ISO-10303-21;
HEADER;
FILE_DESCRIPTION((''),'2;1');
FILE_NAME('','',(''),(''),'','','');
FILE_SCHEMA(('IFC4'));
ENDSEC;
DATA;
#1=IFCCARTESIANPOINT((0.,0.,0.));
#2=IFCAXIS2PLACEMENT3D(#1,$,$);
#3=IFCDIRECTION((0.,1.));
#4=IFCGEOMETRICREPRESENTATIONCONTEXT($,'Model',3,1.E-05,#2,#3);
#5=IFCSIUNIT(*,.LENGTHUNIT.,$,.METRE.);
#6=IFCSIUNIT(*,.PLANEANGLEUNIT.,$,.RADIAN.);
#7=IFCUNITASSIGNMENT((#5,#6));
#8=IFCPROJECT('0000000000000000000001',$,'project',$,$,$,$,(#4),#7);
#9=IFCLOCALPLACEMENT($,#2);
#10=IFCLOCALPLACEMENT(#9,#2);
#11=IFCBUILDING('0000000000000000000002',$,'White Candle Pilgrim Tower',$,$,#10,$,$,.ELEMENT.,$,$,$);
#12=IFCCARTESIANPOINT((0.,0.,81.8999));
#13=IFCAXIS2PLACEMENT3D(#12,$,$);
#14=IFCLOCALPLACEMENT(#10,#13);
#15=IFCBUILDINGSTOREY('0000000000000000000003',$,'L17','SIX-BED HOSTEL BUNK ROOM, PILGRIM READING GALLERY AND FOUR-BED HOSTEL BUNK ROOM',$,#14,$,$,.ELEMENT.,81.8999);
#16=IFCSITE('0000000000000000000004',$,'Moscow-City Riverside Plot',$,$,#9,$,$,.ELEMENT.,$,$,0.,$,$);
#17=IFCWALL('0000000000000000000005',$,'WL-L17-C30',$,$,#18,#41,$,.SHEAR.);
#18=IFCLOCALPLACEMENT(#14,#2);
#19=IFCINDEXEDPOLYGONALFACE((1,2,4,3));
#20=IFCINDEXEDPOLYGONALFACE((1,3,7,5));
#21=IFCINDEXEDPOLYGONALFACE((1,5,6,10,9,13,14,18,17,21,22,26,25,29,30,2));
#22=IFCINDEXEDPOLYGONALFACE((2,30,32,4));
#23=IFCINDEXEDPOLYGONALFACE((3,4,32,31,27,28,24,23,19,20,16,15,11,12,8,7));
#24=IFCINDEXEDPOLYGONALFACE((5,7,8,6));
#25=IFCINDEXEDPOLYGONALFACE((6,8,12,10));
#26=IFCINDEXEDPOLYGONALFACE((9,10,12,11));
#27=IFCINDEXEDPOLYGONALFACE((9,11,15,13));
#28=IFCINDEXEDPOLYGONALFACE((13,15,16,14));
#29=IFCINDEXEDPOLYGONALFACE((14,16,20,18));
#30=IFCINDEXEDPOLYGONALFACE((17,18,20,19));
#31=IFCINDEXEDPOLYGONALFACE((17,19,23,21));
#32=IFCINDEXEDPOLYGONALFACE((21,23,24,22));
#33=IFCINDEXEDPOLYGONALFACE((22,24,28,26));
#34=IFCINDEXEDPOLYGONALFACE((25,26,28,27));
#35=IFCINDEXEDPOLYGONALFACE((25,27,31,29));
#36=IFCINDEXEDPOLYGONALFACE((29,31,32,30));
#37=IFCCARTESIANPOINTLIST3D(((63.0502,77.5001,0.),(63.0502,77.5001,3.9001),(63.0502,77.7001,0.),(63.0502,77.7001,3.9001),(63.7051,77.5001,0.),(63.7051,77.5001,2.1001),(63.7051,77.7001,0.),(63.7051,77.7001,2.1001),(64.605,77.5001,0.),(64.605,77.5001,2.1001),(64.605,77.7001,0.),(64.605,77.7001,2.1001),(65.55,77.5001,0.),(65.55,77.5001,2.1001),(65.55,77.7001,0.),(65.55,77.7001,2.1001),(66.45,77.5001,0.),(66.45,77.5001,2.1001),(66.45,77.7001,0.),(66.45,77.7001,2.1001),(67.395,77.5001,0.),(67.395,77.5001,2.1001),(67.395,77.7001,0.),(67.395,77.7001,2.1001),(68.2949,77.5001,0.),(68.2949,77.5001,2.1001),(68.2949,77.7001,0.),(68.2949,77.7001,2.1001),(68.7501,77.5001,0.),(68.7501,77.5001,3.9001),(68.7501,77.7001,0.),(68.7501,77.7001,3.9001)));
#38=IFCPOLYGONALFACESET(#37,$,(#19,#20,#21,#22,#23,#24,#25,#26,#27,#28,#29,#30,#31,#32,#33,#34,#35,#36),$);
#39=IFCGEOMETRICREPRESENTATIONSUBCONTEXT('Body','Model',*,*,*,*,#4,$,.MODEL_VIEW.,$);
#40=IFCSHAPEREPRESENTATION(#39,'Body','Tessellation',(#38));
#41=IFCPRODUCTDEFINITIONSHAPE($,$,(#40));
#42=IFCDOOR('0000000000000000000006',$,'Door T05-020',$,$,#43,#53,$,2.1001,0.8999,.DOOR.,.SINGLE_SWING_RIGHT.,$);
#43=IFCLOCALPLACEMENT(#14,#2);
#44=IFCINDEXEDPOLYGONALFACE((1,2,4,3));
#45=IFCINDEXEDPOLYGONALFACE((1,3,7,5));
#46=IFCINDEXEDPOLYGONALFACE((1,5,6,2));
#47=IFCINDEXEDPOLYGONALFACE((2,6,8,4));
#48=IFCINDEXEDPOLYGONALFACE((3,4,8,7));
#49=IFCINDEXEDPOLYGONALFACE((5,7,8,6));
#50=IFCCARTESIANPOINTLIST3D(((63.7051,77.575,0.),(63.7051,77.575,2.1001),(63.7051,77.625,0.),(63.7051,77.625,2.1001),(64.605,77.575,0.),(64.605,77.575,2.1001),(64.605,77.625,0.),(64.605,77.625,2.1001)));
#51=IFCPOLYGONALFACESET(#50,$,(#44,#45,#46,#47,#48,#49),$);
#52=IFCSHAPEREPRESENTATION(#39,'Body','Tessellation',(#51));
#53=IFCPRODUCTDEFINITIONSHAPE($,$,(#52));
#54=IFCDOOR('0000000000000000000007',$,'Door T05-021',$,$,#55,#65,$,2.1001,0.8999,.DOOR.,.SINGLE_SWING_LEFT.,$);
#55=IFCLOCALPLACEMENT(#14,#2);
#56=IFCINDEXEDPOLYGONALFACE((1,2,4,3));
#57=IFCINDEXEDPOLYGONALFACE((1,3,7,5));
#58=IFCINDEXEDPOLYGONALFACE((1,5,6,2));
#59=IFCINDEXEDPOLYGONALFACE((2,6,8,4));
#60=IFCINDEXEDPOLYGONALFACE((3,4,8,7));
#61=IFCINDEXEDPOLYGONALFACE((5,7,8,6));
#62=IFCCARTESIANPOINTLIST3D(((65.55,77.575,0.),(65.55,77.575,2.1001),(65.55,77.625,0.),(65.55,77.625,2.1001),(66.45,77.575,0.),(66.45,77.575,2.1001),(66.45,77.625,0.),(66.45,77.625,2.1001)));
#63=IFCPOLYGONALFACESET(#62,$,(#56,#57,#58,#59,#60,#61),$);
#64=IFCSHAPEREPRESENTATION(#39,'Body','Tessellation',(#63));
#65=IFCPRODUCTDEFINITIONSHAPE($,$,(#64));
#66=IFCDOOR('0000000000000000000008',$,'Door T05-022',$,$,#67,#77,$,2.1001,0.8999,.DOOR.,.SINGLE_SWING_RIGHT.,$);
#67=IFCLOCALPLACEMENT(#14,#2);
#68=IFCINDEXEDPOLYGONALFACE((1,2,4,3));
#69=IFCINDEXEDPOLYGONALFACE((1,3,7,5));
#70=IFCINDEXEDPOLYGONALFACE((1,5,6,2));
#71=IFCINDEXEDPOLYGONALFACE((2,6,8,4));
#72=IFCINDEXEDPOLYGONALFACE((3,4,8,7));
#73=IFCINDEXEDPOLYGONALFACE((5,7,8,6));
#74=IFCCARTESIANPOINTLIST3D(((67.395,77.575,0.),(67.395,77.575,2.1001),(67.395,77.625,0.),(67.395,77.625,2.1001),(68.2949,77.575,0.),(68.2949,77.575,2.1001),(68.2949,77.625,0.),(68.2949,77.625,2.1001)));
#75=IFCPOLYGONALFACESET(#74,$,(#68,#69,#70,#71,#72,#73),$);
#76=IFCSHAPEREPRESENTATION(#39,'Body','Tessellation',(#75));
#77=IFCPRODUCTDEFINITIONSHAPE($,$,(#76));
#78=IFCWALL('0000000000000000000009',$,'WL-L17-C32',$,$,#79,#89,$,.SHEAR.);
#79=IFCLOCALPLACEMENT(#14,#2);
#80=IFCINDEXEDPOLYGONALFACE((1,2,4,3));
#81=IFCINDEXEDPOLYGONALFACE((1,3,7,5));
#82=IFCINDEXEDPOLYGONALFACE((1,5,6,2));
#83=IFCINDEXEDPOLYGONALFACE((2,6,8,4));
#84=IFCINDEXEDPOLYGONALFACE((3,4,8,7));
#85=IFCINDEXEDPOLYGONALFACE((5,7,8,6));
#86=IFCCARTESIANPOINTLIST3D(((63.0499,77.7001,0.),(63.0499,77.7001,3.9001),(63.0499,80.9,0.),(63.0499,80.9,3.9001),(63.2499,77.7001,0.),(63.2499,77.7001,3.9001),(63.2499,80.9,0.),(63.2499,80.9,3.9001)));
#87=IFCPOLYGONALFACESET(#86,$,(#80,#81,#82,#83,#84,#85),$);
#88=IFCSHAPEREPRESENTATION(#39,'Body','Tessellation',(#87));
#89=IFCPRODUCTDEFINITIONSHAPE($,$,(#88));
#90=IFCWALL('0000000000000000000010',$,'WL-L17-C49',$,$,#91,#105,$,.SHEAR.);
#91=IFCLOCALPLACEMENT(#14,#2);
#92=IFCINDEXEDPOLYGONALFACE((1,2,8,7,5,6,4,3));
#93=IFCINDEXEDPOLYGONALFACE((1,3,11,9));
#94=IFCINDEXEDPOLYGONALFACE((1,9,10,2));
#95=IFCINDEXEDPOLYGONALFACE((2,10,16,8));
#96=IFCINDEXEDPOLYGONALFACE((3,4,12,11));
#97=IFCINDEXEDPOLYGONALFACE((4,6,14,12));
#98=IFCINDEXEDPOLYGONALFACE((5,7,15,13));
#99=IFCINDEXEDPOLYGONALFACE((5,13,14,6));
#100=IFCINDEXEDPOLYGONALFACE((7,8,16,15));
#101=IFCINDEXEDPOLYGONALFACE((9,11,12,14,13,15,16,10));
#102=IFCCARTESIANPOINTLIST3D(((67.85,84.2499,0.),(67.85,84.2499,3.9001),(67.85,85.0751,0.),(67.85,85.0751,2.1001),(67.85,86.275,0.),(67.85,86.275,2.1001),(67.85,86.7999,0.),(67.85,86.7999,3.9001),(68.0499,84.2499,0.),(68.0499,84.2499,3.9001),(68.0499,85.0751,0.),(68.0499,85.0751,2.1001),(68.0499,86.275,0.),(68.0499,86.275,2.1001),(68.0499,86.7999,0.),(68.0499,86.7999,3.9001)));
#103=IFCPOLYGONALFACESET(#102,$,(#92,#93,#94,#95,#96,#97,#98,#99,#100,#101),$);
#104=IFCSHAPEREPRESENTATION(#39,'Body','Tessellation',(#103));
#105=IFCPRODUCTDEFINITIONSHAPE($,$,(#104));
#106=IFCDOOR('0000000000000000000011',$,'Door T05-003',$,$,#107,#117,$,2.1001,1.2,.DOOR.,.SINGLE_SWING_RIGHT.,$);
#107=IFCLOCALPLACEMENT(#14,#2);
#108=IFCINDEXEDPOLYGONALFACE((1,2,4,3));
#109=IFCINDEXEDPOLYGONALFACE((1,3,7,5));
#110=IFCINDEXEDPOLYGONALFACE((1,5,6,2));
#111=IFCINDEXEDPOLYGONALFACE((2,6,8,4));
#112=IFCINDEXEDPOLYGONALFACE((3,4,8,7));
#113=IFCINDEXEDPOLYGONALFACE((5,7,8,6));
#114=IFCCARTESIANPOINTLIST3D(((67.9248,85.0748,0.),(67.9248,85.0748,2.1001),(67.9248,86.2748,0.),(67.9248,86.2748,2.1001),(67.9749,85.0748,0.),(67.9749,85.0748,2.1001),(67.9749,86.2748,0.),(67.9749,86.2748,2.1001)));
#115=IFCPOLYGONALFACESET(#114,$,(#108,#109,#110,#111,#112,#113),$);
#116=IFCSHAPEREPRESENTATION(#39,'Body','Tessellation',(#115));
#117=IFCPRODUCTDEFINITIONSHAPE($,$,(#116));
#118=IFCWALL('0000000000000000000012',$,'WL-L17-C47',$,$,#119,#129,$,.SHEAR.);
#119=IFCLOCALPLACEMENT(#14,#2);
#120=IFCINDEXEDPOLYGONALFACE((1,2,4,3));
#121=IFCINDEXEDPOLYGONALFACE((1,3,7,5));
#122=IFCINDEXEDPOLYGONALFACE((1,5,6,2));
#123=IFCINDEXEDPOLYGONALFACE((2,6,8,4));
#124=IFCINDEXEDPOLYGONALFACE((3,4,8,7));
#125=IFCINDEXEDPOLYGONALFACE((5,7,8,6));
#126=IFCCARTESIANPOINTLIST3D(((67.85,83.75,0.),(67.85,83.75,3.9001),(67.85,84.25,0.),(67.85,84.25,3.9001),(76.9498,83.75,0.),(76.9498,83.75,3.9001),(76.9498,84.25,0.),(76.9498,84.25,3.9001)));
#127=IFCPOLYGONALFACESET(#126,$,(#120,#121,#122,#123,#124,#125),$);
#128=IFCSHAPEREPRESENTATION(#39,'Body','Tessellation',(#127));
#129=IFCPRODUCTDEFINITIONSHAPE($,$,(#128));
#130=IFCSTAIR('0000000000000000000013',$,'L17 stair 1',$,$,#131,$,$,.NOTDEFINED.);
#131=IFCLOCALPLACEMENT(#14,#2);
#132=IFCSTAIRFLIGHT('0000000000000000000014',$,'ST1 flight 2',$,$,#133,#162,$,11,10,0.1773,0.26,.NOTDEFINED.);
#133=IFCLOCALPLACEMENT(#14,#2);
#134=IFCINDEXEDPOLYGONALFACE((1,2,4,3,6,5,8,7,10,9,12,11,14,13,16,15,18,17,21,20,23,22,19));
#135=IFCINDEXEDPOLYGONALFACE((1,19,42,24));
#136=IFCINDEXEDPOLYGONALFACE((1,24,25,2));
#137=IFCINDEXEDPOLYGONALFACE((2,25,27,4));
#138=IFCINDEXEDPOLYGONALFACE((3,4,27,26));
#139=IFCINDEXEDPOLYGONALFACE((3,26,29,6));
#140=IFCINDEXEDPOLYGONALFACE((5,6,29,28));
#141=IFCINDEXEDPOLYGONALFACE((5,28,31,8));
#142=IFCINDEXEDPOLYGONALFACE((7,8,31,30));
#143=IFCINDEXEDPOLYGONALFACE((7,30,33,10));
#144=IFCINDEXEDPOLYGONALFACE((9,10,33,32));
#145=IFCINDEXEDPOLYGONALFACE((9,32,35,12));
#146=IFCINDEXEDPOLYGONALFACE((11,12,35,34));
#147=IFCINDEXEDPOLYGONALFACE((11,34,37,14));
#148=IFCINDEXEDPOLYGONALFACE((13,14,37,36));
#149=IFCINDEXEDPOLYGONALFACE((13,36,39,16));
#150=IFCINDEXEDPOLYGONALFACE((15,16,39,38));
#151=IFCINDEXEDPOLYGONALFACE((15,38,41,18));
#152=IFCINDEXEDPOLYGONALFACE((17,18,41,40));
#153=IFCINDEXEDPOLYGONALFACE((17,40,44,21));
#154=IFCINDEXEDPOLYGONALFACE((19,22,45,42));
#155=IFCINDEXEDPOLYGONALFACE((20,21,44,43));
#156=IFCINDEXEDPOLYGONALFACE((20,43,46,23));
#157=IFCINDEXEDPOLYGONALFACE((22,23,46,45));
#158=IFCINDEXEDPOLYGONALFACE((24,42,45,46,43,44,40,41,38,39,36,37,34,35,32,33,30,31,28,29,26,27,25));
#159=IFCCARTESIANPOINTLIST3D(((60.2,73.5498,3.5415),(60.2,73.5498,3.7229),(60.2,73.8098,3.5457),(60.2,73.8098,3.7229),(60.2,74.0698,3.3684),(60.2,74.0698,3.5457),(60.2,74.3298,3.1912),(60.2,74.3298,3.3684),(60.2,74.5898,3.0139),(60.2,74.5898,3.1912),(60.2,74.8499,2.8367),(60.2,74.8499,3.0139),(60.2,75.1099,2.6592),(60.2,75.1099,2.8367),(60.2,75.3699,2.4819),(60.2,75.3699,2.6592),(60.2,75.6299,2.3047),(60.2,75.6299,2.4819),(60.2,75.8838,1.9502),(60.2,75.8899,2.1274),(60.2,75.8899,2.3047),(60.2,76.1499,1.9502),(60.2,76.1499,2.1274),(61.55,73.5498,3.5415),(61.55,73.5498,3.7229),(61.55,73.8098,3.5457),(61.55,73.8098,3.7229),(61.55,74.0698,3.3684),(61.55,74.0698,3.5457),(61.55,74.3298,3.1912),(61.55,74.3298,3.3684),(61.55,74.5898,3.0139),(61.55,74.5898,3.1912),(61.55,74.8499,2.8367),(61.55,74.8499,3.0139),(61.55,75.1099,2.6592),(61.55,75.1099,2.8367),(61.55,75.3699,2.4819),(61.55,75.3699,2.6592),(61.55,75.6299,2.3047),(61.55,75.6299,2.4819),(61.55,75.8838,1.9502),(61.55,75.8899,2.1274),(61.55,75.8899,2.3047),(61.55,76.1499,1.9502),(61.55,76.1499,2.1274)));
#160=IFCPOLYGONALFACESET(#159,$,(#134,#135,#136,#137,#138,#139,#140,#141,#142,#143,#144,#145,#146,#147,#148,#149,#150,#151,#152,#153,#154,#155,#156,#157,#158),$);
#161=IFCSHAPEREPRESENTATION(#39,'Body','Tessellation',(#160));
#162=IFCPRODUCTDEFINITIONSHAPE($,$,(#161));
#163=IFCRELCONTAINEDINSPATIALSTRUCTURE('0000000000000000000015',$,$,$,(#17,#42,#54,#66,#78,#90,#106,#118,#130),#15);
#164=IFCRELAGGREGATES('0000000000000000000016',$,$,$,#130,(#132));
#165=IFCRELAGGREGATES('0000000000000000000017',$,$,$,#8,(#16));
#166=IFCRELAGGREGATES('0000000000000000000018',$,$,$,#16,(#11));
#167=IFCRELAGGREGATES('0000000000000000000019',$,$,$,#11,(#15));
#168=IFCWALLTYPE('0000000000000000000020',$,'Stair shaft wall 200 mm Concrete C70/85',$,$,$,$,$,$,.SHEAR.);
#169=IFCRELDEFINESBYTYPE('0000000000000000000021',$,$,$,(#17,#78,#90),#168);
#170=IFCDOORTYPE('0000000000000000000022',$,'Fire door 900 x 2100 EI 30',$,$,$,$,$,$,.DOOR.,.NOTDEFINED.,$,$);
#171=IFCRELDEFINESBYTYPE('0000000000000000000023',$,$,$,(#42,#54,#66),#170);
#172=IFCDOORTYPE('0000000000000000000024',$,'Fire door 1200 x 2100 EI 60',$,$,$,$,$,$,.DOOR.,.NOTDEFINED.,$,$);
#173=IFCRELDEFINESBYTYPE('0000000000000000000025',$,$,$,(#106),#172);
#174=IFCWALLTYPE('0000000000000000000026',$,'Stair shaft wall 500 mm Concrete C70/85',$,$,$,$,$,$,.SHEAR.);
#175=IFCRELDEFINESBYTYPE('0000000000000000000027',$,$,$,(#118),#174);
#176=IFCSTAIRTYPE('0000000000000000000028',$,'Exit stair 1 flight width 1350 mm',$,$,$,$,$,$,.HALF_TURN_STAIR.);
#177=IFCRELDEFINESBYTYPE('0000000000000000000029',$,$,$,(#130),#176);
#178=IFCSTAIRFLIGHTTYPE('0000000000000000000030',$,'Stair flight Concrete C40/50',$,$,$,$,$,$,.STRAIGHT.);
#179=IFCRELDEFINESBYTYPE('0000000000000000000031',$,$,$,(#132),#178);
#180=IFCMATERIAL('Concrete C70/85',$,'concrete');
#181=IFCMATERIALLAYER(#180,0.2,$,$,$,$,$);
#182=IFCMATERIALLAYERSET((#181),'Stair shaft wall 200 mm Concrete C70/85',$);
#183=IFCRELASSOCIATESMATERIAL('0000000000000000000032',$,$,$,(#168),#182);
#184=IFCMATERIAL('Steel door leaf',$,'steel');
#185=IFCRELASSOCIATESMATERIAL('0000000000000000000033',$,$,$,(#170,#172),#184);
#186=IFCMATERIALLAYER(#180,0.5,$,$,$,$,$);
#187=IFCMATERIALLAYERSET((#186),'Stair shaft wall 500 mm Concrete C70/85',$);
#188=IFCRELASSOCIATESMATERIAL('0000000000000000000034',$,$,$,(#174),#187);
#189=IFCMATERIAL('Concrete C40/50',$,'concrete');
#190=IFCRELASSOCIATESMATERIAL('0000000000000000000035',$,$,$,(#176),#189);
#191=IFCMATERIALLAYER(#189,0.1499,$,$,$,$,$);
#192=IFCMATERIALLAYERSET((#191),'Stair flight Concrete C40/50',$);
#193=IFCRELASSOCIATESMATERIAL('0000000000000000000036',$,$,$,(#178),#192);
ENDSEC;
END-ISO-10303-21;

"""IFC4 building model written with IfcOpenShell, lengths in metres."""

from ifc_helpers import new_model, si_unit, direction, frame, frame_2d, origin, place, context, subcontext, project, spatial, polyline, rectangle, outline, extrude, material, layer, layer_set, type_object, element, fill, aggregate, save


model = new_model("IFC4")

# Units and contexts
model_context = context("Model", 3, precision=1e-05, world=origin(), true_north=direction((0.0, 1.0)))
body_context = subcontext(model_context, "Body", "Model", "MODEL_VIEW")
ifc_project = project(units=[si_unit("LENGTHUNIT", "METRE"), si_unit("PLANEANGLEUNIT", "RADIAN")], contexts=[model_context])

# Site, building, storey
site_placement = place(None, origin())
site = spatial("IfcSite", under=ifc_project, at=site_placement, Name="Moscow-City Riverside Plot", CompositionType="ELEMENT", RefElevation=0.0)
building_placement = place(site_placement, origin())
building = spatial("IfcBuilding", under=site, at=building_placement, Name="White Candle Pilgrim Tower", CompositionType="ELEMENT")
storey_placement = place(building_placement, frame((0.0, 0.0, 81.8999)))
storey = spatial("IfcBuildingStorey", under=building, at=storey_placement, Name="L17", Description="SIX-BED HOSTEL BUNK ROOM, PILGRIM READING GALLERY AND FOUR-BED HOSTEL BUNK ROOM", CompositionType="ELEMENT", Elevation=81.8999)

# Shared definitions
ifc_material_1 = material(Name="Concrete C70/85", Category="concrete")
ifc_material_2 = material(Name="Steel door leaf", Category="steel")

# Wall, openings, doors
ifc_layer_1 = layer(ifc_material_1, 0.2)
ifc_layer_set_1 = layer_set([ifc_layer_1], Name="Stair shaft wall 200 mm Concrete C70/85")
wall_type_1 = type_object("IfcWallType", Name="Stair shaft wall 200 mm Concrete C70/85", PredefinedType="SHEAR", material=ifc_layer_set_1)
wall_1_placement = place(storey_placement, frame((63.05, 77.6001, 0.0), z_axis=(0.0, 0.0, 1.0), x_axis=(1.0, 0.0, 0.0)))
wall_1 = element("IfcWall", 1, at=wall_1_placement, inside=storey, type_object=wall_type_1, Name="WL-L17-C30", PredefinedType="SHEAR", context=body_context, shape_type="SweptSolid", body=[
    extrude(rectangle(XDim=5.7, YDim=0.2, at=frame_2d((2.8501, 0.0))), origin(), (0.0, 0.0, 1.0), 3.9001),
])
opening_1_placement = place(wall_1_placement, frame((0.655, 0.0, 0.0)))
opening_1 = element("IfcOpeningElement", 2, at=opening_1_placement, cuts=wall_1, PredefinedType="OPENING", context=body_context, shape_type="SweptSolid", body=[
    extrude(rectangle(XDim=0.8999, YDim=2.1001, at=frame_2d((0.45, 1.05))), frame((0.0, 0.1099, 0.0), z_axis=(0.0, -1.0, 0.0), x_axis=(1.0, 0.0, 0.0)), (0.0, 0.0, 1.0), 0.22),
])
opening_2_placement = place(wall_1_placement, frame((2.5, 0.0, 0.0)))
opening_2 = element("IfcOpeningElement", 3, at=opening_2_placement, cuts=wall_1, PredefinedType="OPENING", context=body_context, shape_type="SweptSolid", body=[
    extrude(rectangle(XDim=0.8999, YDim=2.1001, at=frame_2d((0.45, 1.05))), frame((0.0, 0.1099, 0.0), z_axis=(0.0, -1.0, 0.0), x_axis=(1.0, 0.0, 0.0)), (0.0, 0.0, 1.0), 0.22),
])
opening_3_placement = place(wall_1_placement, frame((4.345, 0.0, 0.0)))
opening_3 = element("IfcOpeningElement", 4, at=opening_3_placement, cuts=wall_1, PredefinedType="OPENING", context=body_context, shape_type="SweptSolid", body=[
    extrude(rectangle(XDim=0.8999, YDim=2.1001, at=frame_2d((0.45, 1.05))), frame((0.0, 0.1099, 0.0), z_axis=(0.0, -1.0, 0.0), x_axis=(1.0, 0.0, 0.0)), (0.0, 0.0, 1.0), 0.22),
])
door_type_1 = type_object("IfcDoorType", Name="Fire door 900 x 2100 EI 30", OperationType="NOTDEFINED", PredefinedType="DOOR", material=ifc_material_2)
door_1_placement = place(opening_1_placement, origin())
door_1 = element("IfcDoor", 5, at=door_1_placement, inside=storey, type_object=door_type_1, Name="Door T05-020", OperationType="SINGLE_SWING_RIGHT", OverallHeight=2.1001, OverallWidth=0.8999, PredefinedType="DOOR", context=body_context, shape_type="SweptSolid", body=[
    extrude(rectangle(XDim=0.8999, YDim=2.1001, at=frame_2d((0.45, 1.05))), frame((0.0, 0.0249, 0.0), z_axis=(0.0, -1.0, 0.0), x_axis=(1.0, 0.0, 0.0)), (0.0, 0.0, 1.0), 0.05),
])
fill(opening_1, door_1)
door_2_placement = place(opening_2_placement, origin())
door_2 = element("IfcDoor", 6, at=door_2_placement, inside=storey, type_object=door_type_1, Name="Door T05-021", OperationType="SINGLE_SWING_LEFT", OverallHeight=2.1001, OverallWidth=0.8999, PredefinedType="DOOR", context=body_context, shape_type="SweptSolid", body=[
    extrude(rectangle(XDim=0.8999, YDim=2.1001, at=frame_2d((0.45, 1.05))), frame((0.0, 0.0249, 0.0), z_axis=(0.0, -1.0, 0.0), x_axis=(1.0, 0.0, 0.0)), (0.0, 0.0, 1.0), 0.05),
])
fill(opening_2, door_2)
door_3_placement = place(opening_3_placement, origin())
door_3 = element("IfcDoor", 7, at=door_3_placement, inside=storey, type_object=door_type_1, Name="Door T05-022", OperationType="SINGLE_SWING_RIGHT", OverallHeight=2.1001, OverallWidth=0.8999, PredefinedType="DOOR", context=body_context, shape_type="SweptSolid", body=[
    extrude(rectangle(XDim=0.8999, YDim=2.1001, at=frame_2d((0.45, 1.05))), frame((0.0, 0.0249, 0.0), z_axis=(0.0, -1.0, 0.0), x_axis=(1.0, 0.0, 0.0)), (0.0, 0.0, 1.0), 0.05),
])
fill(opening_3, door_3)

# Wall
wall_2_placement = place(storey_placement, frame((63.1499, 77.7, 0.0), z_axis=(0.0, 0.0, 1.0), x_axis=(0.0, 1.0, 0.0)))
element("IfcWall", 8, at=wall_2_placement, inside=storey, type_object=wall_type_1, Name="WL-L17-C32", PredefinedType="SHEAR", context=body_context, shape_type="SweptSolid", body=[
    extrude(rectangle(XDim=3.2, YDim=0.2, at=frame_2d((1.6001, 0.0))), origin(), (0.0, 0.0, 1.0), 3.9001),
])

# Wall, opening, door
wall_3_placement = place(storey_placement, frame((67.95, 84.25, 0.0), z_axis=(0.0, 0.0, 1.0), x_axis=(0.0, 1.0, 0.0)))
wall_3 = element("IfcWall", 9, at=wall_3_placement, inside=storey, type_object=wall_type_1, Name="WL-L17-C49", PredefinedType="SHEAR", context=body_context, shape_type="SweptSolid", body=[
    extrude(rectangle(XDim=2.55, YDim=0.2, at=frame_2d((1.2749, 0.0))), origin(), (0.0, 0.0, 1.0), 3.9001),
])
opening_4_placement = place(wall_3_placement, frame((0.825, 0.0, 0.0)))
opening_4 = element("IfcOpeningElement", 10, at=opening_4_placement, cuts=wall_3, PredefinedType="OPENING", context=body_context, shape_type="SweptSolid", body=[
    extrude(rectangle(XDim=1.2, YDim=2.1001, at=frame_2d((0.6001, 1.05))), frame((0.0, 0.1099, 0.0), z_axis=(0.0, -1.0, 0.0), x_axis=(1.0, 0.0, 0.0)), (0.0, 0.0, 1.0), 0.22),
])
door_type_2 = type_object("IfcDoorType", Name="Fire door 1200 x 2100 EI 60", OperationType="NOTDEFINED", PredefinedType="DOOR", material=ifc_material_2)
door_4_placement = place(opening_4_placement, frame((1.2, 0.0, 0.0), z_axis=(0.0, 0.0, 1.0), x_axis=(-1.0, 0.0, 0.0)))
door_4 = element("IfcDoor", 11, at=door_4_placement, inside=storey, type_object=door_type_2, Name="Door T05-003", OperationType="SINGLE_SWING_RIGHT", OverallHeight=2.1001, OverallWidth=1.2, PredefinedType="DOOR", context=body_context, shape_type="SweptSolid", body=[
    extrude(rectangle(XDim=1.2, YDim=2.1001, at=frame_2d((0.6001, 1.05))), frame((0.0, 0.0249, 0.0), z_axis=(0.0, -1.0, 0.0), x_axis=(1.0, 0.0, 0.0)), (0.0, 0.0, 1.0), 0.05),
])
fill(opening_4, door_4)

# Wall
ifc_layer_2 = layer(ifc_material_1, 0.5)
ifc_layer_set_2 = layer_set([ifc_layer_2], Name="Stair shaft wall 500 mm Concrete C70/85")
wall_type_2 = type_object("IfcWallType", Name="Stair shaft wall 500 mm Concrete C70/85", PredefinedType="SHEAR", material=ifc_layer_set_2)
wall_4_placement = place(storey_placement, frame((67.8501, 84.0, 0.0), z_axis=(0.0, 0.0, 1.0), x_axis=(1.0, 0.0, 0.0)))
element("IfcWall", 12, at=wall_4_placement, inside=storey, type_object=wall_type_2, Name="WL-L17-C47", PredefinedType="SHEAR", context=body_context, shape_type="SweptSolid", body=[
    extrude(rectangle(XDim=9.0999, YDim=0.5, at=frame_2d((4.5498, 0.0))), origin(), (0.0, 0.0, 1.0), 3.9001),
])

# Stair, stair flight
ifc_material_3 = material(Name="Concrete C40/50", Category="concrete")
stair_type = type_object("IfcStairType", Name="Exit stair 1 flight width 1350 mm", PredefinedType="HALF_TURN_STAIR", material=ifc_material_3)
stair_placement = place(storey_placement, origin())
stair = element("IfcStair", 13, at=stair_placement, inside=storey, type_object=stair_type, Name="L17 stair 1", PredefinedType="NOTDEFINED")
ifc_layer_3 = layer(ifc_material_3, 0.1499)
ifc_layer_set_3 = layer_set([ifc_layer_3], Name="Stair flight Concrete C40/50")
stair_flight_type = type_object("IfcStairFlightType", Name="Stair flight Concrete C40/50", PredefinedType="STRAIGHT", material=ifc_layer_set_3)
stair_flight_placement = place(storey_placement, frame((60.875, 76.1499, 1.9502), z_axis=(0.0, 0.0, 1.0), x_axis=(0.0, -1.0, 0.0)))
stair_flight = element("IfcStairFlight", 14, at=stair_flight_placement, type_object=stair_flight_type, Name="ST1 flight 2", NumberOfRisers=11, NumberOfTreads=10, PredefinedType="NOTDEFINED", RiserHeight=0.1773, TreadLength=0.26, context=body_context, shape_type="SweptSolid", body=[
    extrude(outline(polyline([(0.0, 0.0), (0.0, 0.1772), (0.26, 0.1772), (0.26, 0.3545), (0.52, 0.3545), (0.52, 0.5317), (0.78, 0.5317), (0.78, 0.709), (1.04, 0.709), (1.04, 0.8865), (1.3, 0.8865), (1.3, 1.0637), (1.5601, 1.0637), (1.5601, 1.241), (1.8201, 1.241), (1.8201, 1.4182), (2.0801, 1.4182), (2.0801, 1.5955), (2.3401, 1.5955), (2.3401, 1.7727), (2.6001, 1.7727), (2.6001, 1.95), (2.6001, 1.5913), (0.2661, 0.0), (0.0, 0.0)])), frame((0.0, 0.675, 0.0), z_axis=(0.0, -1.0, 0.0), x_axis=(1.0, 0.0, 0.0)), (0.0, 0.0, 1.0), 1.3501),
])
aggregate(stair, [stair_flight])

save(model, "model.ifc")
